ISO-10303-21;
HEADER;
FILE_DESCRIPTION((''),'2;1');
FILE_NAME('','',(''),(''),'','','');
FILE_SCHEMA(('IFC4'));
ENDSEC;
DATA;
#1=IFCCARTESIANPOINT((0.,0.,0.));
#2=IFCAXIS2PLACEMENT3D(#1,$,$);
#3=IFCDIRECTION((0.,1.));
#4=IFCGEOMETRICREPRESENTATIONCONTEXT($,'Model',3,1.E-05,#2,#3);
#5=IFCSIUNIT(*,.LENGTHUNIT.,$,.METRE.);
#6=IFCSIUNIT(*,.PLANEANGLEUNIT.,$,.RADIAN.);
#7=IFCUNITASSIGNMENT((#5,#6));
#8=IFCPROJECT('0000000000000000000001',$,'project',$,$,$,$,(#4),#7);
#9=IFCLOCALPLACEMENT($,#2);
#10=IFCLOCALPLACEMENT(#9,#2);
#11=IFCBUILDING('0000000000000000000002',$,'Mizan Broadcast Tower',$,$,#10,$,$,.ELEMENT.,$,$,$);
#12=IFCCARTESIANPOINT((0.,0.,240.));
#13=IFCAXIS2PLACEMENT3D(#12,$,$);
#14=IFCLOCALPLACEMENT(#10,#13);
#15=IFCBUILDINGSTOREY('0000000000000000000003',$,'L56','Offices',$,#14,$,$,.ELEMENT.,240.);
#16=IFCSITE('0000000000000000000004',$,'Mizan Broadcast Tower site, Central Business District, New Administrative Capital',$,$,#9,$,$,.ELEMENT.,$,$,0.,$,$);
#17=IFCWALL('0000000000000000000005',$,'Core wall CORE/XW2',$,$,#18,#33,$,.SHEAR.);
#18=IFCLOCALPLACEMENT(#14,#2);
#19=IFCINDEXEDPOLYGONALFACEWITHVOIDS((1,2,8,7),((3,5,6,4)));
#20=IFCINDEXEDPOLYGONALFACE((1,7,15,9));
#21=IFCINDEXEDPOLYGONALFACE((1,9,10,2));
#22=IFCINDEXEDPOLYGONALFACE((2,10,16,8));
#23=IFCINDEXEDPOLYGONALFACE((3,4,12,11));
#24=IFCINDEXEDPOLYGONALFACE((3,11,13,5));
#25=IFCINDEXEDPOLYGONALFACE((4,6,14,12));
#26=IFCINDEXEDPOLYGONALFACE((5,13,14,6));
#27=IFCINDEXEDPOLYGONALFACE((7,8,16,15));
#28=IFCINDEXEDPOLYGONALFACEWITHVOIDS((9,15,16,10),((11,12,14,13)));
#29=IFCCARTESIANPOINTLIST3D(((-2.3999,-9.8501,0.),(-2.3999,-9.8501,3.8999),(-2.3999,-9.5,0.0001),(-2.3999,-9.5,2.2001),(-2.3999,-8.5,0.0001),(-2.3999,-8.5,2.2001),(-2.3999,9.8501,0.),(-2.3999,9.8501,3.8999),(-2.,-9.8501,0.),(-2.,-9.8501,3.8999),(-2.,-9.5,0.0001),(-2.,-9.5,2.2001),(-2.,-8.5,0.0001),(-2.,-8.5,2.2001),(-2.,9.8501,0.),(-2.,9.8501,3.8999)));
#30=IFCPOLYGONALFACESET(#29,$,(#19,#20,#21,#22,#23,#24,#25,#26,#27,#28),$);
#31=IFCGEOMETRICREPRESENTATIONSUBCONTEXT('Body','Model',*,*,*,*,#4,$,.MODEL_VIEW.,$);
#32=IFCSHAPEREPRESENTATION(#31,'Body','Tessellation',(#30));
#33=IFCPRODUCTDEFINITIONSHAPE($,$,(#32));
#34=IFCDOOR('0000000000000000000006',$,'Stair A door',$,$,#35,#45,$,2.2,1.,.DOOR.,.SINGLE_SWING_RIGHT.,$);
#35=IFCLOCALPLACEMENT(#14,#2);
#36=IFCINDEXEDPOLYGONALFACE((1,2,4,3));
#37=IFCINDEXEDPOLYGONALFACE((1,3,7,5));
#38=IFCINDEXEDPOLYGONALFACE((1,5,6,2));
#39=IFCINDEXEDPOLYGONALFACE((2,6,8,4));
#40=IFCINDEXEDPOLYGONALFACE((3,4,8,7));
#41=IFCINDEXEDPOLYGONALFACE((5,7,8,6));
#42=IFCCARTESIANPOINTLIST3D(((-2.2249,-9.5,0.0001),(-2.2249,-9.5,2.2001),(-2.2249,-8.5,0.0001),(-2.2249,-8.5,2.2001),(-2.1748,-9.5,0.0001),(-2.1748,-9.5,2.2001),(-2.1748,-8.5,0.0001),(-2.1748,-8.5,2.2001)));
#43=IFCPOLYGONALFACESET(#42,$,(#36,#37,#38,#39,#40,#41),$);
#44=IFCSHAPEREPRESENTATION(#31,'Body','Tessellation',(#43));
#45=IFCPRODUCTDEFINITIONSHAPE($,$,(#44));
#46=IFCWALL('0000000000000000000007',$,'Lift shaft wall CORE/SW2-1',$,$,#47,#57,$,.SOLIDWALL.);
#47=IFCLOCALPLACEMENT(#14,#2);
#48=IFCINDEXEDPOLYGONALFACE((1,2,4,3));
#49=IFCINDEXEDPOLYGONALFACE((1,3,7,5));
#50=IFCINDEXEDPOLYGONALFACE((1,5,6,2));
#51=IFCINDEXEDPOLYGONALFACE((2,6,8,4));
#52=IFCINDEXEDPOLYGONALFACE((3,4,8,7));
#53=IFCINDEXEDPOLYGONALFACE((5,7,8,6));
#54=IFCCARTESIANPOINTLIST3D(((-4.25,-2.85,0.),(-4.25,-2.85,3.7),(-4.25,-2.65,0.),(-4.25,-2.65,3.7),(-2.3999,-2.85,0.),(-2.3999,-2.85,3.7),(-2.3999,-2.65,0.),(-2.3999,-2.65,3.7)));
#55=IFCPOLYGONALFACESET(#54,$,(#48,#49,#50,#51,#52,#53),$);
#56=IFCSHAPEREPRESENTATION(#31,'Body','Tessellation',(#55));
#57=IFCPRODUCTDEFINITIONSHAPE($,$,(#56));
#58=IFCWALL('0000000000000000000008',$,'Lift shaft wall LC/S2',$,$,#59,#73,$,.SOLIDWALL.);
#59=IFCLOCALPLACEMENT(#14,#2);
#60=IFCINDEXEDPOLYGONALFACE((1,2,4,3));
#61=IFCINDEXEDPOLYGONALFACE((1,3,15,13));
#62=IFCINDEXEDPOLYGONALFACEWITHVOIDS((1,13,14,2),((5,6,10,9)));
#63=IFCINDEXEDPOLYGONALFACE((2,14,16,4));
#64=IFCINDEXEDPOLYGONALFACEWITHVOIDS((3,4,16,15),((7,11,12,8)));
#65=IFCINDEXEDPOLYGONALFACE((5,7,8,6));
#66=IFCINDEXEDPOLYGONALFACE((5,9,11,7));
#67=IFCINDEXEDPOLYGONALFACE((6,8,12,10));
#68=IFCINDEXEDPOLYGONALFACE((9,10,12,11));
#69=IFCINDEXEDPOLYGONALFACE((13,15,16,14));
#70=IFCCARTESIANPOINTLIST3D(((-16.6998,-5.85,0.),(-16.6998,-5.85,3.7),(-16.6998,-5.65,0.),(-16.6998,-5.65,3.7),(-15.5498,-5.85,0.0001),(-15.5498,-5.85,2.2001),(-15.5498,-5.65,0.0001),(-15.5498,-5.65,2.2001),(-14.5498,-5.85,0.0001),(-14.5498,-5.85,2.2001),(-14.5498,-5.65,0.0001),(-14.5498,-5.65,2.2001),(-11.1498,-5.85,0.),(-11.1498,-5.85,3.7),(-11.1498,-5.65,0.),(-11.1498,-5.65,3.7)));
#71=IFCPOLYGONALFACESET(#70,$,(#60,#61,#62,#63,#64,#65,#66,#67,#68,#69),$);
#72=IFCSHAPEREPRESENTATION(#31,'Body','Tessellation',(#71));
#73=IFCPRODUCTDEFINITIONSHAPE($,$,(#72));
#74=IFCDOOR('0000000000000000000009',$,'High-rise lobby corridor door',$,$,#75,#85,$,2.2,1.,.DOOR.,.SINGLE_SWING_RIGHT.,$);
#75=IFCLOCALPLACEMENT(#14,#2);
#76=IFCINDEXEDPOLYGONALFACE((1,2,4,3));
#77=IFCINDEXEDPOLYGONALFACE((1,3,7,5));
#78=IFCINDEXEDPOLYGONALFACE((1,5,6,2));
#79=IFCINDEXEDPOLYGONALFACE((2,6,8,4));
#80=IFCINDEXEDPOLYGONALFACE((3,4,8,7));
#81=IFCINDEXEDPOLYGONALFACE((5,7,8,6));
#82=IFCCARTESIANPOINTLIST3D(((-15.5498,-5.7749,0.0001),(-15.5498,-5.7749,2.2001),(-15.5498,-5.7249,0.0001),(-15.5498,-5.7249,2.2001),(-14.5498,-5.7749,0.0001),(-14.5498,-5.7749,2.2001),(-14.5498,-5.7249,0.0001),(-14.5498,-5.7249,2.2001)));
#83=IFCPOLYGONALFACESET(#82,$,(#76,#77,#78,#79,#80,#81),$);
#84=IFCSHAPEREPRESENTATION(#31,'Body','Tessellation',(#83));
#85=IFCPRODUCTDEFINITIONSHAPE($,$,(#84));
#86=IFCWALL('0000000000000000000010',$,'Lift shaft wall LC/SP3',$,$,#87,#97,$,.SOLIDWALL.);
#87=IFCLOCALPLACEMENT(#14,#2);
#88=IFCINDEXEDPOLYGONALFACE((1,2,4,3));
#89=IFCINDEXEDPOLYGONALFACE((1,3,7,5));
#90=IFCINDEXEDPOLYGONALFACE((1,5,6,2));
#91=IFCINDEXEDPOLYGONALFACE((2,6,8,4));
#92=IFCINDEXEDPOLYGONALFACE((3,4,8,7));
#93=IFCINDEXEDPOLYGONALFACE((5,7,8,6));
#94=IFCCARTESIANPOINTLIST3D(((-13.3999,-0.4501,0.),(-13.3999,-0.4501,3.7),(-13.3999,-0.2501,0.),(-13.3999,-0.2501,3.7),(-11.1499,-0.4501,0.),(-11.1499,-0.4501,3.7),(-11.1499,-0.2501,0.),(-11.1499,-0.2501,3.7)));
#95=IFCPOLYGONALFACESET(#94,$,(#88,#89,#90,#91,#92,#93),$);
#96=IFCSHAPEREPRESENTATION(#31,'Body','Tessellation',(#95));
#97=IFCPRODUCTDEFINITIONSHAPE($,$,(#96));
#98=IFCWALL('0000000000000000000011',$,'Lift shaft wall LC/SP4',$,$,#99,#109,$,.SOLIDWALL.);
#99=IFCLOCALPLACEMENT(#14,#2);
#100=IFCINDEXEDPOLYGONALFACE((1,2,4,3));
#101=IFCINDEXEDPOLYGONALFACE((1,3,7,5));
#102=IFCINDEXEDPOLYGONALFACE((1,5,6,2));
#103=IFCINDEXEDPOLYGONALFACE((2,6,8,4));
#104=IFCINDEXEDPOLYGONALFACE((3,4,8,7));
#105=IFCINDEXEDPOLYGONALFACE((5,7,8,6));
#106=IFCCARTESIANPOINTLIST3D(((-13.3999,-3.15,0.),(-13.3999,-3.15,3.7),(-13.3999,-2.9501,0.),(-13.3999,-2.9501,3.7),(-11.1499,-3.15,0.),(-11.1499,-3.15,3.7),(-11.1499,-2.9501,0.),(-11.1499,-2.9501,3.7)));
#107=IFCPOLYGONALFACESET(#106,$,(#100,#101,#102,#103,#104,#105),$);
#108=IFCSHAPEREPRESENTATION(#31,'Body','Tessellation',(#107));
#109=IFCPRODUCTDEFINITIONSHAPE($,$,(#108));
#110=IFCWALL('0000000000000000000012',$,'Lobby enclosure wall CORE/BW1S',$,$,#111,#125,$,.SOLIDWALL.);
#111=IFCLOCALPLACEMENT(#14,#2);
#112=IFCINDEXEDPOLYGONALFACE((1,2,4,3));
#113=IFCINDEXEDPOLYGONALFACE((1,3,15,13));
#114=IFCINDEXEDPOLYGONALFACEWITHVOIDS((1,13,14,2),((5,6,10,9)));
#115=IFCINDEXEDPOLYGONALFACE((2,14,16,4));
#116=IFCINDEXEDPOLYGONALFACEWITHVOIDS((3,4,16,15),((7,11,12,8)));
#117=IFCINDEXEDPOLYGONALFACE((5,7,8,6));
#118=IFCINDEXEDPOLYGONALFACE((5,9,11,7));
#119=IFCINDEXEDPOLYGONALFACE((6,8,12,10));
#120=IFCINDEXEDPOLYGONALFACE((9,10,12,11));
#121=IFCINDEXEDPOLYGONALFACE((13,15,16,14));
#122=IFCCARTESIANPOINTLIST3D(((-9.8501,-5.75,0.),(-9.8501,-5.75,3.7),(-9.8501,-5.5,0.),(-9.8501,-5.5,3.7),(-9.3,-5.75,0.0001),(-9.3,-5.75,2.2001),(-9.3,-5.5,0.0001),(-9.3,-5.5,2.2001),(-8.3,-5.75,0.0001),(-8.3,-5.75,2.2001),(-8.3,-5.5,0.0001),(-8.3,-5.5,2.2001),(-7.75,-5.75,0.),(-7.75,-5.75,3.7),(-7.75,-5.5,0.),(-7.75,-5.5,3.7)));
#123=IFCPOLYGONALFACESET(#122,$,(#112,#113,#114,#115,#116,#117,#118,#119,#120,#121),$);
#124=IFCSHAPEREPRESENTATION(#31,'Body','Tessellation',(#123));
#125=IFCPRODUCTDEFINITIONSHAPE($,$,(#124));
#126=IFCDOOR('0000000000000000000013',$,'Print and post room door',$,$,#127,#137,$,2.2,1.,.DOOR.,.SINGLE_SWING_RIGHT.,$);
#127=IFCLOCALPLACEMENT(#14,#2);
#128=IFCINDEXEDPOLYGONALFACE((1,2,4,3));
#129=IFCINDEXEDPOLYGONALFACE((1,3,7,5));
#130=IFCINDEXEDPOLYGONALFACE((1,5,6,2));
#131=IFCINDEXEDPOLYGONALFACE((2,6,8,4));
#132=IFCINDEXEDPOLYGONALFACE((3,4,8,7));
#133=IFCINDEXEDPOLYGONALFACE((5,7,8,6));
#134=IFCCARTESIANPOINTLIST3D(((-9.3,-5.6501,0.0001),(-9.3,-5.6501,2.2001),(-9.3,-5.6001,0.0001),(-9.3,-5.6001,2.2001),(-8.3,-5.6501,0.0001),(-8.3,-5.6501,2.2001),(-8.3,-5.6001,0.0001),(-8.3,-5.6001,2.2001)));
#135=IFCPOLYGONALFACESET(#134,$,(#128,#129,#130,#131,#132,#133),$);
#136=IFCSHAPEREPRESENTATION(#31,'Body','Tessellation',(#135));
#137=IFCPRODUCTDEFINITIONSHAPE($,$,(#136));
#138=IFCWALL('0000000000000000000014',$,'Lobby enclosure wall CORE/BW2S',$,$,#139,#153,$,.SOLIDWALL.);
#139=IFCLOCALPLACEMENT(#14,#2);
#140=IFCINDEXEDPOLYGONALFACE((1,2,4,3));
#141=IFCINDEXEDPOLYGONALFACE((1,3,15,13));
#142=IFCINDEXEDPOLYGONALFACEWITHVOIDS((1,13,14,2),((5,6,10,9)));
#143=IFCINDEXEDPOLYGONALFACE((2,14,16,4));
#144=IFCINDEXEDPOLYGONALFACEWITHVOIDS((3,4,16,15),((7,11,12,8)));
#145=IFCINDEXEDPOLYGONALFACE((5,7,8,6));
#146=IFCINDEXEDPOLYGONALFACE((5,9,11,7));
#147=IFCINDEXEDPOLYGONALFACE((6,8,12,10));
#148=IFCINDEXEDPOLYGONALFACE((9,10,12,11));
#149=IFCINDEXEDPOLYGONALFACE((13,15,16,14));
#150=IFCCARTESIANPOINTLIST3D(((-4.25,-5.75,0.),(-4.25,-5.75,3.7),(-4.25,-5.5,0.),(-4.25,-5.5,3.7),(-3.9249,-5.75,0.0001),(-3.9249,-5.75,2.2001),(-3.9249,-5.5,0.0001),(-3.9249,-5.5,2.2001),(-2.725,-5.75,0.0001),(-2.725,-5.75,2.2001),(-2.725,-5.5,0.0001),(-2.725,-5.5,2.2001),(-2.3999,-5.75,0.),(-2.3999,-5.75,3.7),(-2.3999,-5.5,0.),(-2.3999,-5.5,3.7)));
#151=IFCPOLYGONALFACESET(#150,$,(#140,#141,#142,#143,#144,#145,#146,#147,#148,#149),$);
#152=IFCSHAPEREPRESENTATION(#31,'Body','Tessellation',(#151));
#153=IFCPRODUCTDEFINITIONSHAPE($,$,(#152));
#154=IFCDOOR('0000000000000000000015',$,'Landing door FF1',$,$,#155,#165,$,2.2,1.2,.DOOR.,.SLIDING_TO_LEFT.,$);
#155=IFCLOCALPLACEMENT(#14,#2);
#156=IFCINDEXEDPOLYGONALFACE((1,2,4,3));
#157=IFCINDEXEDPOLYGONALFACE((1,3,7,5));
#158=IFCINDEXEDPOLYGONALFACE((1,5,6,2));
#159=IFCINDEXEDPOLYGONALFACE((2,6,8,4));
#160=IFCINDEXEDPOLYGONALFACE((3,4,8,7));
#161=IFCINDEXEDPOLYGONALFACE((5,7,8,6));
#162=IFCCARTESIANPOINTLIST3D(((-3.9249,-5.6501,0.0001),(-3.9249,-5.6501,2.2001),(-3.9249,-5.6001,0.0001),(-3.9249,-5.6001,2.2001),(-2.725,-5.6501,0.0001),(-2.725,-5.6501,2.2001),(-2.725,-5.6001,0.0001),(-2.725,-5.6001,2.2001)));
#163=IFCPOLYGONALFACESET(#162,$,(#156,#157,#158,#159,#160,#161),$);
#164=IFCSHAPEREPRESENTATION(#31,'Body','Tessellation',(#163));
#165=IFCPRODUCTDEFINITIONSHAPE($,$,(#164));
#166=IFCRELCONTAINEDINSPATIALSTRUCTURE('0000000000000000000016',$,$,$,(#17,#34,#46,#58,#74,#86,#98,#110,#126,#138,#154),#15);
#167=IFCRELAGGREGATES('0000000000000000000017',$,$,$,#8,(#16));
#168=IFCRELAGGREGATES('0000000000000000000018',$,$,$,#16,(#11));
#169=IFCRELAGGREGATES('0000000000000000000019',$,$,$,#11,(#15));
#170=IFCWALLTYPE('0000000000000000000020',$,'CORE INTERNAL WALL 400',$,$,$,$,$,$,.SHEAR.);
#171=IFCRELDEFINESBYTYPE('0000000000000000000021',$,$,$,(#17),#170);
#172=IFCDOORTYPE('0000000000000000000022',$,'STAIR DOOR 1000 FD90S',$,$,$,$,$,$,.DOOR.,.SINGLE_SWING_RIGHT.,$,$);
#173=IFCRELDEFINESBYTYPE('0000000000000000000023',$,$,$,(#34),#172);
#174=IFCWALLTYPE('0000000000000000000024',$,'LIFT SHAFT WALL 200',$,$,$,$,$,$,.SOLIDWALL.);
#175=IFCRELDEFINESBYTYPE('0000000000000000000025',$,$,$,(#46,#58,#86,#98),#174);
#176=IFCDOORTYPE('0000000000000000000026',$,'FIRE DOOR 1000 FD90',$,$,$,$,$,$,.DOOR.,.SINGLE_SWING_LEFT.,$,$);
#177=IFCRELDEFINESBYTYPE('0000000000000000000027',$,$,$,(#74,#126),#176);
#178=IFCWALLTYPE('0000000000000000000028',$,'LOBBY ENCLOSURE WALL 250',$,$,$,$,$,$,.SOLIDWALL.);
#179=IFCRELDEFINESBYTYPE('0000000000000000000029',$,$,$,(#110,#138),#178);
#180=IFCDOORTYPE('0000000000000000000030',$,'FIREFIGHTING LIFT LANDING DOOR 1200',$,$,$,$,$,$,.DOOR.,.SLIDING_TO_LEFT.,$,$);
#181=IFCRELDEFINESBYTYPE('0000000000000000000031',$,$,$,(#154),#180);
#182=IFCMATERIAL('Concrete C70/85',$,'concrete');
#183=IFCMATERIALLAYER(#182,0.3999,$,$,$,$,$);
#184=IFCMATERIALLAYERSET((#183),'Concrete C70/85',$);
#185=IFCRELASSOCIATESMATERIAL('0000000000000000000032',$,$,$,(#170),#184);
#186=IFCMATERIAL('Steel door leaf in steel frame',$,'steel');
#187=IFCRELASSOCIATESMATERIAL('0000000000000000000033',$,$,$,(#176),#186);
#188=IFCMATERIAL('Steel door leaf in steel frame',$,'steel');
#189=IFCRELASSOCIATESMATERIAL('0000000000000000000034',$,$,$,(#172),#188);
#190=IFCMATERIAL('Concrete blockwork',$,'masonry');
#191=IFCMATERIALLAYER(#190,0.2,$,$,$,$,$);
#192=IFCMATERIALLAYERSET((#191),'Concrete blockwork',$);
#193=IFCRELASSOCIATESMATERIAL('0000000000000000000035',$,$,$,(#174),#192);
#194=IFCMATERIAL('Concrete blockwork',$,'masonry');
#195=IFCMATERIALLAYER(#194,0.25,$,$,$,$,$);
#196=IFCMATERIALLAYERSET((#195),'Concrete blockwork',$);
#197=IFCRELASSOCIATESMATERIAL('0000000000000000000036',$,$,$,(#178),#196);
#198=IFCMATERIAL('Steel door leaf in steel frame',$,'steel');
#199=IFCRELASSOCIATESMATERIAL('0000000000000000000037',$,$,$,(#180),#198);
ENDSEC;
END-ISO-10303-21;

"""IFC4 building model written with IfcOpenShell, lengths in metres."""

from ifc_helpers import new_model, si_unit, direction, frame, frame_2d, origin, place, context, subcontext, project, spatial, rectangle, extrude, material, layer, layer_set, type_object, element, fill, save


model = new_model("IFC4")

# Units and contexts
model_context = context("Model", 3, precision=1e-05, world=origin(), true_north=direction((0.0, 1.0)))
body_context = subcontext(model_context, "Body", "Model", "MODEL_VIEW")
ifc_project = project(units=[si_unit("LENGTHUNIT", "METRE"), si_unit("PLANEANGLEUNIT", "RADIAN")], contexts=[model_context])

# Site, building, storey
site_placement = place(None, origin())
site = spatial("IfcSite", under=ifc_project, at=site_placement, Name="Mizan Broadcast Tower site, Central Business District, New Administrative Capital", CompositionType="ELEMENT", RefElevation=0.0)
building_placement = place(site_placement, origin())
building = spatial("IfcBuilding", under=site, at=building_placement, Name="Mizan Broadcast Tower", CompositionType="ELEMENT")
storey_placement = place(building_placement, frame((0.0, 0.0, 240.0)))
storey = spatial("IfcBuildingStorey", under=building, at=storey_placement, Name="L56", Description="Offices", CompositionType="ELEMENT", Elevation=240.0)

# Shared definitions
ifc_material_1 = material(Name="Concrete C70/85", Category="concrete")
ifc_layer_1 = layer(ifc_material_1, 0.3999)
ifc_layer_set_1 = layer_set([ifc_layer_1], Name="Concrete C70/85")
wall_type_1 = type_object("IfcWallType", Name="CORE INTERNAL WALL 400", PredefinedType="SHEAR", material=ifc_layer_set_1)
ifc_material_2 = material(Name="Steel door leaf in steel frame", Category="steel")
door_type_1 = type_object("IfcDoorType", Name="FIRE DOOR 1000 FD90", OperationType="SINGLE_SWING_LEFT", PredefinedType="DOOR", material=ifc_material_2)

# Wall, opening, door
wall_1_placement = place(storey_placement, frame((-2.2, -9.8501, 0.0), z_axis=(0.0, 0.0, 1.0), x_axis=(0.0, 1.0, 0.0)))
wall_1 = element("IfcWall", 1, at=wall_1_placement, inside=storey, type_object=wall_type_1, Name="Core wall CORE/XW2", PredefinedType="SHEAR", context=body_context, shape_type="SweptSolid", body=[
    extrude(rectangle(XDim=19.7002, YDim=0.3999, at=frame_2d((9.8501, 0.0))), origin(), (0.0, 0.0, 1.0), 3.8999),
])
opening_1_placement = place(wall_1_placement, frame((0.3501, 0.0, 0.0)))
opening_1 = element("IfcOpeningElement", 2, at=opening_1_placement, cuts=wall_1, PredefinedType="OPENING", context=body_context, shape_type="SweptSolid", body=[
    extrude(rectangle(XDim=1.0, YDim=2.2, at=frame_2d((0.5, 1.1001))), frame((0.0, 0.21, 0.0), z_axis=(0.0, -1.0, 0.0), x_axis=(1.0, 0.0, 0.0)), (0.0, 0.0, 1.0), 0.4199),
])
ifc_material_3 = material(Name="Steel door leaf in steel frame", Category="steel")
door_type_2 = type_object("IfcDoorType", Name="STAIR DOOR 1000 FD90S", OperationType="SINGLE_SWING_RIGHT", PredefinedType="DOOR", material=ifc_material_3)
door_1_placement = place(opening_1_placement, origin())
door_1 = element("IfcDoor", 3, at=door_1_placement, inside=storey, type_object=door_type_2, Name="Stair A door", OperationType="SINGLE_SWING_RIGHT", OverallHeight=2.2, OverallWidth=1.0, PredefinedType="DOOR", context=body_context, shape_type="SweptSolid", body=[
    extrude(rectangle(XDim=1.0, YDim=2.2, at=frame_2d((0.5, 1.1001))), frame((0.0, 0.0249, 0.0), z_axis=(0.0, -1.0, 0.0), x_axis=(1.0, 0.0, 0.0)), (0.0, 0.0, 1.0), 0.05),
])
fill(opening_1, door_1)

# Wall
ifc_material_4 = material(Name="Concrete blockwork", Category="masonry")
ifc_layer_2 = layer(ifc_material_4, 0.2)
ifc_layer_set_2 = layer_set([ifc_layer_2], Name="Concrete blockwork")
wall_type_2 = type_object("IfcWallType", Name="LIFT SHAFT WALL 200", PredefinedType="SOLIDWALL", material=ifc_layer_set_2)
wall_2_placement = place(storey_placement, frame((-4.25, -2.75, 0.0), z_axis=(0.0, 0.0, 1.0), x_axis=(1.0, 0.0, 0.0)))
element("IfcWall", 4, at=wall_2_placement, inside=storey, type_object=wall_type_2, Name="Lift shaft wall CORE/SW2-1", PredefinedType="SOLIDWALL", context=body_context, shape_type="SweptSolid", body=[
    extrude(rectangle(XDim=1.8501, YDim=0.2, at=frame_2d((0.925, 0.0))), origin(), (0.0, 0.0, 1.0), 3.7),
])

# Wall, opening, door
wall_3_placement = place(storey_placement, frame((-11.1499, -5.75, 0.0), z_axis=(0.0, 0.0, 1.0), x_axis=(-1.0, 0.0, 0.0)))
wall_3 = element("IfcWall", 5, at=wall_3_placement, inside=storey, type_object=wall_type_2, Name="Lift shaft wall LC/S2", PredefinedType="SOLIDWALL", context=body_context, shape_type="SweptSolid", body=[
    extrude(rectangle(XDim=5.55, YDim=0.2, at=frame_2d((2.7749, 0.0))), origin(), (0.0, 0.0, 1.0), 3.7),
])
opening_2_placement = place(wall_3_placement, frame((3.3999, 0.0, 0.0)))
opening_2 = element("IfcOpeningElement", 6, at=opening_2_placement, cuts=wall_3, PredefinedType="OPENING", context=body_context, shape_type="SweptSolid", body=[
    extrude(rectangle(XDim=1.0, YDim=2.2, at=frame_2d((0.5, 1.1001))), frame((0.0, 0.1099, 0.0), z_axis=(0.0, -1.0, 0.0), x_axis=(1.0, 0.0, 0.0)), (0.0, 0.0, 1.0), 0.22),
])
door_2_placement = place(opening_2_placement, origin())
door_2 = element("IfcDoor", 7, at=door_2_placement, inside=storey, type_object=door_type_1, Name="High-rise lobby corridor door", OperationType="SINGLE_SWING_RIGHT", OverallHeight=2.2, OverallWidth=1.0, PredefinedType="DOOR", context=body_context, shape_type="SweptSolid", body=[
    extrude(rectangle(XDim=1.0, YDim=2.2, at=frame_2d((0.5, 1.1001))), frame((0.0, 0.0249, 0.0), z_axis=(0.0, -1.0, 0.0), x_axis=(1.0, 0.0, 0.0)), (0.0, 0.0, 1.0), 0.05),
])
fill(opening_2, door_2)

# Walls
for number, where, z_axis, x_axis, name in (
    (8, (-11.1499, -0.3501, 0.0), (0.0, 0.0, 1.0), (-1.0, 0.0, 0.0), "Lift shaft wall LC/SP3"),
    (9, (-11.1499, -3.05, 0.0), (0.0, 0.0, 1.0), (-1.0, 0.0, 0.0), "Lift shaft wall LC/SP4"),
):
    element("IfcWall", number, at=place(storey_placement, frame(where, z_axis=z_axis, x_axis=x_axis)), inside=storey, type_object=wall_type_2, Name=name, PredefinedType="SOLIDWALL", context=body_context, shape_type="SweptSolid", body=[
        extrude(rectangle(XDim=2.25, YDim=0.2, at=frame_2d((1.125, 0.0))), origin(), (0.0, 0.0, 1.0), 3.7),
    ])

# Walls, openings, doors
ifc_material_5 = material(Name="Concrete blockwork", Category="masonry")
ifc_layer_3 = layer(ifc_material_5, 0.25)
ifc_layer_set_3 = layer_set([ifc_layer_3], Name="Concrete blockwork")
wall_type_3 = type_object("IfcWallType", Name="LOBBY ENCLOSURE WALL 250", PredefinedType="SOLIDWALL", material=ifc_layer_set_3)
wall_4_placement = place(storey_placement, frame((-9.8501, -5.625, 0.0), z_axis=(0.0, 0.0, 1.0), x_axis=(1.0, 0.0, 0.0)))
wall_4 = element("IfcWall", 10, at=wall_4_placement, inside=storey, type_object=wall_type_3, Name="Lobby enclosure wall CORE/BW1S", PredefinedType="SOLIDWALL", context=body_context, shape_type="SweptSolid", body=[
    extrude(rectangle(XDim=2.1001, YDim=0.25, at=frame_2d((1.05, 0.0))), origin(), (0.0, 0.0, 1.0), 3.7),
])
opening_3_placement = place(wall_4_placement, frame((0.55, 0.0, 0.0)))
opening_3 = element("IfcOpeningElement", 11, at=opening_3_placement, cuts=wall_4, PredefinedType="OPENING", context=body_context, shape_type="SweptSolid", body=[
    extrude(rectangle(XDim=1.0, YDim=2.2, at=frame_2d((0.5, 1.1001))), frame((0.0, 0.135, 0.0), z_axis=(0.0, -1.0, 0.0), x_axis=(1.0, 0.0, 0.0)), (0.0, 0.0, 1.0), 0.27),
])
door_3_placement = place(opening_3_placement, origin())
door_3 = element("IfcDoor", 12, at=door_3_placement, inside=storey, type_object=door_type_1, Name="Print and post room door", OperationType="SINGLE_SWING_RIGHT", OverallHeight=2.2, OverallWidth=1.0, PredefinedType="DOOR", context=body_context, shape_type="SweptSolid", body=[
    extrude(rectangle(XDim=1.0, YDim=2.2, at=frame_2d((0.5, 1.1001))), frame((0.0, 0.0249, 0.0), z_axis=(0.0, -1.0, 0.0), x_axis=(1.0, 0.0, 0.0)), (0.0, 0.0, 1.0), 0.05),
])
fill(opening_3, door_3)
wall_5_placement = place(storey_placement, frame((-4.25, -5.625, 0.0), z_axis=(0.0, 0.0, 1.0), x_axis=(1.0, 0.0, 0.0)))
wall_5 = element("IfcWall", 13, at=wall_5_placement, inside=storey, type_object=wall_type_3, Name="Lobby enclosure wall CORE/BW2S", PredefinedType="SOLIDWALL", context=body_context, shape_type="SweptSolid", body=[
    extrude(rectangle(XDim=1.8501, YDim=0.25, at=frame_2d((0.925, 0.0))), origin(), (0.0, 0.0, 1.0), 3.7),
])
opening_4_placement = place(wall_5_placement, frame((0.325, 0.0, 0.0)))
opening_4 = element("IfcOpeningElement", 14, at=opening_4_placement, cuts=wall_5, PredefinedType="OPENING", context=body_context, shape_type="SweptSolid", body=[
    extrude(rectangle(XDim=1.2, YDim=2.2, at=frame_2d((0.6001, 1.1001))), frame((0.0, 0.135, 0.0), z_axis=(0.0, -1.0, 0.0), x_axis=(1.0, 0.0, 0.0)), (0.0, 0.0, 1.0), 0.27),
])
ifc_material_6 = material(Name="Steel door leaf in steel frame", Category="steel")
door_type_3 = type_object("IfcDoorType", Name="FIREFIGHTING LIFT LANDING DOOR 1200", OperationType="SLIDING_TO_LEFT", PredefinedType="DOOR", material=ifc_material_6)
door_4_placement = place(opening_4_placement, origin())
door_4 = element("IfcDoor", 15, at=door_4_placement, inside=storey, type_object=door_type_3, Name="Landing door FF1", OperationType="SLIDING_TO_LEFT", OverallHeight=2.2, OverallWidth=1.2, PredefinedType="DOOR", context=body_context, shape_type="SweptSolid", body=[
    extrude(rectangle(XDim=1.2, YDim=2.2, at=frame_2d((0.6001, 1.1001))), frame((0.0, 0.0249, 0.0), z_axis=(0.0, -1.0, 0.0), x_axis=(1.0, 0.0, 0.0)), (0.0, 0.0, 1.0), 0.05),
])
fill(opening_4, door_4)

save(model, "model.ifc")
